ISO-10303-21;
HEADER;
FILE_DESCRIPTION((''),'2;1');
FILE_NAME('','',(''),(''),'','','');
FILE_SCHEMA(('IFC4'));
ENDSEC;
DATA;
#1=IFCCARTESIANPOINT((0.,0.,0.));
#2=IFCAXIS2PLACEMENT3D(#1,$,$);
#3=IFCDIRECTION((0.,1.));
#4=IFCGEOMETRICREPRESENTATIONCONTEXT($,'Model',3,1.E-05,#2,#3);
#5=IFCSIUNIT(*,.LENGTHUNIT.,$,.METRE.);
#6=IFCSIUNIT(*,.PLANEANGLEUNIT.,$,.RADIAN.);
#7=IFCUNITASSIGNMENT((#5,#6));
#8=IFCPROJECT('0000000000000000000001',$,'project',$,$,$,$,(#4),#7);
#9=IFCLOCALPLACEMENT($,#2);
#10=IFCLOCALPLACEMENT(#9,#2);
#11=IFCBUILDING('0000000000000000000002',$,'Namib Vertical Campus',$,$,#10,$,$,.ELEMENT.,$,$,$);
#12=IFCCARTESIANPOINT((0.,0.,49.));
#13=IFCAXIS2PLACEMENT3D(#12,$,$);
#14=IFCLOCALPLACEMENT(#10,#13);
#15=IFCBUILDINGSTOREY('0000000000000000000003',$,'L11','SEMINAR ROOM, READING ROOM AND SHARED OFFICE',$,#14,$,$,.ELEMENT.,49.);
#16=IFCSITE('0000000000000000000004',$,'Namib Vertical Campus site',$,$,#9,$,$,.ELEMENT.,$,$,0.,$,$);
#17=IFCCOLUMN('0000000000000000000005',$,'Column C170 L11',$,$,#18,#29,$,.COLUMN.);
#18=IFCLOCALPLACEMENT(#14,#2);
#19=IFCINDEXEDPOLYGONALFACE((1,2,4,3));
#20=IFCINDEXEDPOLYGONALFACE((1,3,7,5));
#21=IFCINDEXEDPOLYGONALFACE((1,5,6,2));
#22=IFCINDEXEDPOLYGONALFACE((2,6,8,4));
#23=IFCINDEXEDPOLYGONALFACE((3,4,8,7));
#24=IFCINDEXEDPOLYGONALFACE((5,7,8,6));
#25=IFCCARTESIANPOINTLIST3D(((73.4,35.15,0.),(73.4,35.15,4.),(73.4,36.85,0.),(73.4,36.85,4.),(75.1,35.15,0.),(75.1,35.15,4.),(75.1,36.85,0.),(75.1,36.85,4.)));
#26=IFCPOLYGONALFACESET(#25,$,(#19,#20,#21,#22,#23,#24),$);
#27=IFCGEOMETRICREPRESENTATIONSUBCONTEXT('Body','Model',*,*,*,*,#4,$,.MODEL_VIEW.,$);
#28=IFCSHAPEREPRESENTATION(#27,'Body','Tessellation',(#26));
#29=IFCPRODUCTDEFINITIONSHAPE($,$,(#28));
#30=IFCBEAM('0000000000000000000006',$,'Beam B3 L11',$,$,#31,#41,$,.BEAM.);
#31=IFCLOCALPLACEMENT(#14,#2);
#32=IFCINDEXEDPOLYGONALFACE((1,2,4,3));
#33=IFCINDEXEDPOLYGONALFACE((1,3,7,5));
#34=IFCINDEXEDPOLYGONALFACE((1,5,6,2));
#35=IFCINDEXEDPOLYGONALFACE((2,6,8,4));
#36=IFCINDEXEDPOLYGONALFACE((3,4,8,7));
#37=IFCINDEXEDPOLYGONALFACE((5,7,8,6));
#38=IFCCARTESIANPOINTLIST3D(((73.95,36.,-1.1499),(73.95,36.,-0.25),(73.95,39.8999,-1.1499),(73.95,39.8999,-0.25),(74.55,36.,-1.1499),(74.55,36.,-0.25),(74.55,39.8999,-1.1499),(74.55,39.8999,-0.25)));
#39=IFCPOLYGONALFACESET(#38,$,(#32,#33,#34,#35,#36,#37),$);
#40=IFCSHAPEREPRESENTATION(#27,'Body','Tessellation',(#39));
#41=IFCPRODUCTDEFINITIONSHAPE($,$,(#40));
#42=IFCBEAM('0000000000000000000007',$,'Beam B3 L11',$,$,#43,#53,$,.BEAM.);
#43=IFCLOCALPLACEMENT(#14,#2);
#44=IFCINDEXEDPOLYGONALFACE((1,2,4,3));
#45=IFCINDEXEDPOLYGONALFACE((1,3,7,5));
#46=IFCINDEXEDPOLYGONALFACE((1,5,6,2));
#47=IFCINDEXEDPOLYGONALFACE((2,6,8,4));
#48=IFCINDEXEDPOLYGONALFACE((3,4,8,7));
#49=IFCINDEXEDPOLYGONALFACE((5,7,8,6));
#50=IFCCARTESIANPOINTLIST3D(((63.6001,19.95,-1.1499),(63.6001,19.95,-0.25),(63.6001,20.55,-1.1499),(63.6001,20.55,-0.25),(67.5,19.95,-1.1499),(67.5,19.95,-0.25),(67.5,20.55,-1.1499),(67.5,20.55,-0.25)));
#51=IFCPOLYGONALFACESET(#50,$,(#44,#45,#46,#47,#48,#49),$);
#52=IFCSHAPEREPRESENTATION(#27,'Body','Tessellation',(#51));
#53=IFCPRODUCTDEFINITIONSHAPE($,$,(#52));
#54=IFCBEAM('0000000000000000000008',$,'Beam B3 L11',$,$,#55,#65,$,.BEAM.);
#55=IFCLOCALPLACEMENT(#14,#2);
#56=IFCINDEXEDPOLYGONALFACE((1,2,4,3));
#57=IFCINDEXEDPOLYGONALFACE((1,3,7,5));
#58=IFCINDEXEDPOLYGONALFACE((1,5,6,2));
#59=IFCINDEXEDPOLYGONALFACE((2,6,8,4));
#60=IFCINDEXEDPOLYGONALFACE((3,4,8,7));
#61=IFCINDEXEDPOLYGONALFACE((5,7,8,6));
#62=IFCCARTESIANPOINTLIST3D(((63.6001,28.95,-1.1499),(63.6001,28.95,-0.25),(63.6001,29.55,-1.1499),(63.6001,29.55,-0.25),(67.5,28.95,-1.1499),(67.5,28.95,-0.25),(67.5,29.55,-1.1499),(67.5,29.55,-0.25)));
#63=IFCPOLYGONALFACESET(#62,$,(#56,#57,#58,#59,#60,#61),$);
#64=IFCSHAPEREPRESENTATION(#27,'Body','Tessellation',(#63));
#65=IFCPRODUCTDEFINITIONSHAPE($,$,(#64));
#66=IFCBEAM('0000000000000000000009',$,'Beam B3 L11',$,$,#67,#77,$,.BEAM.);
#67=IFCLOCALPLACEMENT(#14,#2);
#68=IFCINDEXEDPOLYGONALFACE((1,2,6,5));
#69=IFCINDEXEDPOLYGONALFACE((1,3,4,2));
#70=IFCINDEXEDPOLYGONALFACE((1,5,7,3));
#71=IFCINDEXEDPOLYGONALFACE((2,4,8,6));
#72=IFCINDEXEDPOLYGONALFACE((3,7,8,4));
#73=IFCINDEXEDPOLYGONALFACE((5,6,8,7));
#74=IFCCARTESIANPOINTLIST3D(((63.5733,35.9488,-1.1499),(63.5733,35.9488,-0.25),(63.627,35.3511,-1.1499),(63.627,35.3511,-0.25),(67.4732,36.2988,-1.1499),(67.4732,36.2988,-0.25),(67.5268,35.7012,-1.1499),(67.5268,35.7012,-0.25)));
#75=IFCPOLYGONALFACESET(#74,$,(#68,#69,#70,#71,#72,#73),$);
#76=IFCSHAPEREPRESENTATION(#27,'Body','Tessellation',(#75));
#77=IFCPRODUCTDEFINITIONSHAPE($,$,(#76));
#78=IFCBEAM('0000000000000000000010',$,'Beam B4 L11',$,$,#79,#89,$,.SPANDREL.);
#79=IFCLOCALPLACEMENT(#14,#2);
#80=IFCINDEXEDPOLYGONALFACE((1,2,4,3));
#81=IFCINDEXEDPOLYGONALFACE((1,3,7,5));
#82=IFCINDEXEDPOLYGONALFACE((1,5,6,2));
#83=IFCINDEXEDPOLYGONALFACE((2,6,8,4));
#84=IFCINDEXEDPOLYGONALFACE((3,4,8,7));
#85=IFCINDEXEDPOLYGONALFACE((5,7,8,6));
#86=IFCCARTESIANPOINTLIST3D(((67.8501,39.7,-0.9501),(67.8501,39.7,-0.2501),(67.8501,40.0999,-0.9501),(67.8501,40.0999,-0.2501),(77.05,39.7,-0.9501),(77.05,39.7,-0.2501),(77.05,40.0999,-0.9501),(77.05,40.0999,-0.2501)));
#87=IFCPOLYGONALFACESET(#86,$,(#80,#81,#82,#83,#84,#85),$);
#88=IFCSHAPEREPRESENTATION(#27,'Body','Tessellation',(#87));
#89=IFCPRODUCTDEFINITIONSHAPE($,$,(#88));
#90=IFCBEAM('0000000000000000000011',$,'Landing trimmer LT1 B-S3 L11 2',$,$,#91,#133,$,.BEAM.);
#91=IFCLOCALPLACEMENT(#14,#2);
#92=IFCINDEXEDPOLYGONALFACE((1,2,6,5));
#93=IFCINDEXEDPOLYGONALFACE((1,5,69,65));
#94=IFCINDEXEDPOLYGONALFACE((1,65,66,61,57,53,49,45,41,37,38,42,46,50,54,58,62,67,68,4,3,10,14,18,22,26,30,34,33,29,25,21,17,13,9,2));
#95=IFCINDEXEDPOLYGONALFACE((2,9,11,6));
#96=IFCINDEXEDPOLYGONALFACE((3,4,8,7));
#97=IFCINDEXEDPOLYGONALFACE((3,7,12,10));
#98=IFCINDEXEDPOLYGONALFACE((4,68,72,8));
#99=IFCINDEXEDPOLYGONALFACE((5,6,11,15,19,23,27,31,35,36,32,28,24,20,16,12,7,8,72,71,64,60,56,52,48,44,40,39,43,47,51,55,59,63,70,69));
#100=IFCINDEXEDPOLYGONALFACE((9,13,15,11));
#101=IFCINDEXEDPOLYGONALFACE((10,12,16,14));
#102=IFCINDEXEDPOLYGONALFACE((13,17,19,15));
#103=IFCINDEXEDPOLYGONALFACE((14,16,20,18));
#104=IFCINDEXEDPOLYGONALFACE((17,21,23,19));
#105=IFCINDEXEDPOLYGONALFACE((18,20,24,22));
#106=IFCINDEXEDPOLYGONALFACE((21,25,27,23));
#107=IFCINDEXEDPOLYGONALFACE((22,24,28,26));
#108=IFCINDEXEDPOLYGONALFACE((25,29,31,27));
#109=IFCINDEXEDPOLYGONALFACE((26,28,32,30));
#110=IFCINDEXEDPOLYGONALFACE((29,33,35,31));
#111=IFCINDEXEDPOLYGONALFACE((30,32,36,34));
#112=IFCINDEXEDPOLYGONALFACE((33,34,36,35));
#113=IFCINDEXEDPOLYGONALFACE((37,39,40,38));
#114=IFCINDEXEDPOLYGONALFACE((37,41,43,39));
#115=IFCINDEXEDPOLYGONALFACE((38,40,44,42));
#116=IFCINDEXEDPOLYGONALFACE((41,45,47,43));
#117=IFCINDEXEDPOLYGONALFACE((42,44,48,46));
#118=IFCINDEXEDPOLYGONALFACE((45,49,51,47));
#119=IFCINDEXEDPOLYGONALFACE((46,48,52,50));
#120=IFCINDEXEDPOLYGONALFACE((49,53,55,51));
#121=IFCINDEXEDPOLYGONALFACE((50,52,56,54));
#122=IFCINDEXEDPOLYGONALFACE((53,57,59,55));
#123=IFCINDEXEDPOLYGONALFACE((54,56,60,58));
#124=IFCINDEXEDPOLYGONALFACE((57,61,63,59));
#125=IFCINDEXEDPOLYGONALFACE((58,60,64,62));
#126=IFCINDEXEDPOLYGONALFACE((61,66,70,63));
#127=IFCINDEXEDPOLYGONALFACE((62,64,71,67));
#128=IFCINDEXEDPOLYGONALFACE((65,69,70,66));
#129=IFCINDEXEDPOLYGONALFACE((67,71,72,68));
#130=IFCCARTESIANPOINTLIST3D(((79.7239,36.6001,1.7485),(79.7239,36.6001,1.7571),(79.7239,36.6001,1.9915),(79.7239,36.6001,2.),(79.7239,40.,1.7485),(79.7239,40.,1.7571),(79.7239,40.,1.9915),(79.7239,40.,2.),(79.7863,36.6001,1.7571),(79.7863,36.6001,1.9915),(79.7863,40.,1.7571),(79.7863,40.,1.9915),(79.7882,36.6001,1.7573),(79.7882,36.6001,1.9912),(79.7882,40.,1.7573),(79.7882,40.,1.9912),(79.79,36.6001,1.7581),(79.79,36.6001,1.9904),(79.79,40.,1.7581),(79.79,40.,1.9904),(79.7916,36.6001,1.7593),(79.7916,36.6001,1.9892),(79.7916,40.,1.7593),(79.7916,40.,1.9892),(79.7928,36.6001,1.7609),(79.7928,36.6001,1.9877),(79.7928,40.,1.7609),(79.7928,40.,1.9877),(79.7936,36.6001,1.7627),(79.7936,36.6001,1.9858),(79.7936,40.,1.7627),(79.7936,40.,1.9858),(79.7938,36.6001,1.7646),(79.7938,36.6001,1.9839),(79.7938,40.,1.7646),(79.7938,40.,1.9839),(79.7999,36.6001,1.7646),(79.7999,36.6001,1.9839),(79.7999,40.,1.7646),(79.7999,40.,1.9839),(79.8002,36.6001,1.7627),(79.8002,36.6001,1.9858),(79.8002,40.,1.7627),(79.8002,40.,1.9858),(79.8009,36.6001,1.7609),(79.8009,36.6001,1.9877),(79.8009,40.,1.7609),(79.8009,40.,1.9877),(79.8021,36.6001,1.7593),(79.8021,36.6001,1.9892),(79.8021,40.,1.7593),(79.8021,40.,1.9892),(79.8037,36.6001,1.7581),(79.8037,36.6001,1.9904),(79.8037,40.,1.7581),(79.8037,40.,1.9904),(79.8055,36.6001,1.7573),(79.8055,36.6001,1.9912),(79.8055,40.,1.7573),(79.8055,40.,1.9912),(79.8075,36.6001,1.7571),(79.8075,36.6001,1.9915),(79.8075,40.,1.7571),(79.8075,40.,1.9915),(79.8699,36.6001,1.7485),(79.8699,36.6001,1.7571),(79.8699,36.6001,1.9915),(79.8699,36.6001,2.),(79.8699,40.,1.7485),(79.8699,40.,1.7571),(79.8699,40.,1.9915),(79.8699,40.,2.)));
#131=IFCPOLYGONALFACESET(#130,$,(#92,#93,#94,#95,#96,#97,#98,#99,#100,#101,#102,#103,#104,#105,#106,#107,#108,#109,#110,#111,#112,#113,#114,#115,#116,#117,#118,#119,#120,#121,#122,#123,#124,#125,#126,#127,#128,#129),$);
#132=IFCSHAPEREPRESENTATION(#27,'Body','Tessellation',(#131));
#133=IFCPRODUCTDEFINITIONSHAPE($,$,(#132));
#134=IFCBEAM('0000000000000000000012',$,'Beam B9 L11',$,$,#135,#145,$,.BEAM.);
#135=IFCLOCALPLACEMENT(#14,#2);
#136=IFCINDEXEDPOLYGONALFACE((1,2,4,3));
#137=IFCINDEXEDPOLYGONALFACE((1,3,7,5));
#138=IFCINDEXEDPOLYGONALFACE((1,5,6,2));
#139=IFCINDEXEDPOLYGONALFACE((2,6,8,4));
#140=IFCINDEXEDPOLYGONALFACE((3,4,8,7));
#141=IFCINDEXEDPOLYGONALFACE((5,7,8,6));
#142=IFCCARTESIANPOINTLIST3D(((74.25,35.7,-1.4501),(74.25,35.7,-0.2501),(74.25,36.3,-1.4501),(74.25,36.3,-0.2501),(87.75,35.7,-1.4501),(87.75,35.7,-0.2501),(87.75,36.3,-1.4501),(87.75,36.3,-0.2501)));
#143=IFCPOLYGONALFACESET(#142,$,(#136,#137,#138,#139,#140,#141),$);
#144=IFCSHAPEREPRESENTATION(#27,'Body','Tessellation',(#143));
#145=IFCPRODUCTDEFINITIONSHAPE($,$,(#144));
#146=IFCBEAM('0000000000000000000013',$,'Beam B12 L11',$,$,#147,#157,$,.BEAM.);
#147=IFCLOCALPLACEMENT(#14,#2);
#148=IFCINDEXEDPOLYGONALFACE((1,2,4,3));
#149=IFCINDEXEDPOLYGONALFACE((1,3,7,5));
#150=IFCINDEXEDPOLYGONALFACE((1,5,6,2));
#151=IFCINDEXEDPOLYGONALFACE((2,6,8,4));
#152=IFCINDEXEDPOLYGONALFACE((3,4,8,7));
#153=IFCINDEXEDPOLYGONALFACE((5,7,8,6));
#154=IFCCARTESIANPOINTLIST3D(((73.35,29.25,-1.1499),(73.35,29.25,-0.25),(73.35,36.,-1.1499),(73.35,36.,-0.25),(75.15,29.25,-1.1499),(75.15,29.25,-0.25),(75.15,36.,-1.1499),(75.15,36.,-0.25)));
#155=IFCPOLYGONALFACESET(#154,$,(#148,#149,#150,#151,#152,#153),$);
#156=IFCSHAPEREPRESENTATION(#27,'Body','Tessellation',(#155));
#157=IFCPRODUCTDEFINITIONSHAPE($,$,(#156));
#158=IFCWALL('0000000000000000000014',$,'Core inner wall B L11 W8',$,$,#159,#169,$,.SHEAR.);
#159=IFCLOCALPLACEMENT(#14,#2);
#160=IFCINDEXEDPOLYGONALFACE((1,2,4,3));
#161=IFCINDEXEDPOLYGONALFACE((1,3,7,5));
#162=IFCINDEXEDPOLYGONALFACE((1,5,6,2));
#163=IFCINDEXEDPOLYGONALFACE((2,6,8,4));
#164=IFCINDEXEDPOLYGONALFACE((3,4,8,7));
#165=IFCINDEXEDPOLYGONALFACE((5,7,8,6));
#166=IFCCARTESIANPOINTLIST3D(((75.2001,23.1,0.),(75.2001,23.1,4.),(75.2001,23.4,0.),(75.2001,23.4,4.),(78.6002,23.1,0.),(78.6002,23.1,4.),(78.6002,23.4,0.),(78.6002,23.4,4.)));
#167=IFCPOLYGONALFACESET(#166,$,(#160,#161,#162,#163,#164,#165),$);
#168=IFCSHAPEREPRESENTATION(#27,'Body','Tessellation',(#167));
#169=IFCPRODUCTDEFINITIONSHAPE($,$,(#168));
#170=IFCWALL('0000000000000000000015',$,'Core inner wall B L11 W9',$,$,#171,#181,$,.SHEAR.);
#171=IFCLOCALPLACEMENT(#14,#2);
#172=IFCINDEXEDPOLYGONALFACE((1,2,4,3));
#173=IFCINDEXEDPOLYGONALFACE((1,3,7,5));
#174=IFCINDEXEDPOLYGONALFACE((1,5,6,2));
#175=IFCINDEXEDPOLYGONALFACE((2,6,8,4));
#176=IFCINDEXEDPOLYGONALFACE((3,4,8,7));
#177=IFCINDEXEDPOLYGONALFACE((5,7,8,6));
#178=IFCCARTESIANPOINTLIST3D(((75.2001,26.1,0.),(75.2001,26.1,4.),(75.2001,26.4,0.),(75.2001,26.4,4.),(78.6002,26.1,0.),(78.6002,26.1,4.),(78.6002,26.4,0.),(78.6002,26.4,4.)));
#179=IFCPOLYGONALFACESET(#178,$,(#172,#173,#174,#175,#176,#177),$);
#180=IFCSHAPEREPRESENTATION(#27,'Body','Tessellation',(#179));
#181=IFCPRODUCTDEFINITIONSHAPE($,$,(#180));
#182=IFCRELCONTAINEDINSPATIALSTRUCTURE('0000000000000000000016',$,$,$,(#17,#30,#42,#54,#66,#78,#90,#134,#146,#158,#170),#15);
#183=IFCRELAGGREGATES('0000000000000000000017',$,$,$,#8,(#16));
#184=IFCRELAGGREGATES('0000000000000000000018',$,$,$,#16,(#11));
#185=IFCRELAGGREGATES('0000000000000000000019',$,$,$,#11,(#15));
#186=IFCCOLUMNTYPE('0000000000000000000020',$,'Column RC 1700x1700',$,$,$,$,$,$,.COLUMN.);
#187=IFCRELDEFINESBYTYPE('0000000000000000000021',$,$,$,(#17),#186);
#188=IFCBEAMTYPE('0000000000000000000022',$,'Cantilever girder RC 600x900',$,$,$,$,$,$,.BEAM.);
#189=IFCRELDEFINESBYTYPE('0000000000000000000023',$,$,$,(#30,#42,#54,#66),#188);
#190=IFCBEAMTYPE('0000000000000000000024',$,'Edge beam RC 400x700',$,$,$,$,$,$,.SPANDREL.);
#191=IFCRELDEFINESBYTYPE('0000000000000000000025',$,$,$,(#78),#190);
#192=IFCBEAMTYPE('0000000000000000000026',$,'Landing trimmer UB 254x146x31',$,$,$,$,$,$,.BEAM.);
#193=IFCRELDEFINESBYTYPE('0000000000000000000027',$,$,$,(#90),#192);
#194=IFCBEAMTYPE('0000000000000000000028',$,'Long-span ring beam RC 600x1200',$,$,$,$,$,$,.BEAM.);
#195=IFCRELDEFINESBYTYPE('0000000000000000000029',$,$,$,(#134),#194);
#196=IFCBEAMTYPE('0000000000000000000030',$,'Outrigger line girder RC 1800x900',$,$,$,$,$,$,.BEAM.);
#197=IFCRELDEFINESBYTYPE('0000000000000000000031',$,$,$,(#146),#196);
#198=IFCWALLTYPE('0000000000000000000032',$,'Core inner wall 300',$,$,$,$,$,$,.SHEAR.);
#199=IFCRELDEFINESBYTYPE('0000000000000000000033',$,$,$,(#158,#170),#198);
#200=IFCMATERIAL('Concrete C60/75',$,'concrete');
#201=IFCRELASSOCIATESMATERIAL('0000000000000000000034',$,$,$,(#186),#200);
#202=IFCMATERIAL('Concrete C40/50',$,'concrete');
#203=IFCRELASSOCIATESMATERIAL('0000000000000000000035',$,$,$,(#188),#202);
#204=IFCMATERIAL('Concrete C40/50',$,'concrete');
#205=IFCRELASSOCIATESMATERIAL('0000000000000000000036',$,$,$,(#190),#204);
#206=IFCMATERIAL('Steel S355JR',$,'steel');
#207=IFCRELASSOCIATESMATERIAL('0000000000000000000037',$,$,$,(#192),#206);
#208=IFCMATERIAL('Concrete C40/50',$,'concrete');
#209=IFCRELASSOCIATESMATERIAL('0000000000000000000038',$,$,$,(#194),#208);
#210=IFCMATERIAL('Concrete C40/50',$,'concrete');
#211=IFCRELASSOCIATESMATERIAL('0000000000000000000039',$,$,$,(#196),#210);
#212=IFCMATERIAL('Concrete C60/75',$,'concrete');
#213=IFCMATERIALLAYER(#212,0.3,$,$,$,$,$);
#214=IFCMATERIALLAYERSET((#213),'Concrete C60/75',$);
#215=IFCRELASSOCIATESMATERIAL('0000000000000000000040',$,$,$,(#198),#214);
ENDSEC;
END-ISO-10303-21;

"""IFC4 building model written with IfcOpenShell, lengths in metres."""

from ifc_helpers import new_model, si_unit, direction, frame, frame_2d, origin, origin_2d, place, context, subcontext, project, spatial, rectangle, i_section, extrude, material, layer, layer_set, material_profile, profile_set, type_object, element, save


model = new_model("IFC4")

# Units and contexts
model_context = context("Model", 3, precision=1e-05, world=origin(), true_north=direction((0.0, 1.0)))
body_context = subcontext(model_context, "Body", "Model", "MODEL_VIEW")
ifc_project = project(units=[si_unit("LENGTHUNIT", "METRE"), si_unit("PLANEANGLEUNIT", "RADIAN")], contexts=[model_context])

# Site, building, storey
site_placement = place(None, origin())
site = spatial("IfcSite", under=ifc_project, at=site_placement, Name="Namib Vertical Campus site", CompositionType="ELEMENT", RefElevation=0.0)
building_placement = place(site_placement, origin())
building = spatial("IfcBuilding", under=site, at=building_placement, Name="Namib Vertical Campus", CompositionType="ELEMENT")
storey_placement = place(building_placement, frame((0.0, 0.0, 49.0)))
storey = spatial("IfcBuildingStorey", under=building, at=storey_placement, Name="L11", Description="SEMINAR ROOM, READING ROOM AND SHARED OFFICE", CompositionType="ELEMENT", Elevation=49.0)

# Column
ifc_material_1 = material(Name="Concrete C60/75", Category="concrete")
ifc_material_profile_1 = material_profile(ifc_material_1, rectangle(XDim=1.7, YDim=1.7, at=origin_2d()))
ifc_profile_set_1 = profile_set([ifc_material_profile_1], Name="Concrete C60/75")
column_type = type_object("IfcColumnType", Name="Column RC 1700x1700", PredefinedType="COLUMN", material=ifc_profile_set_1)
column_placement = place(storey_placement, frame((74.25, 36.0, 0.0), z_axis=(0.0, 0.0, 1.0), x_axis=(1.0, 0.0, 0.0)))
element("IfcColumn", 1, at=column_placement, inside=storey, type_object=column_type, Name="Column C170 L11", PredefinedType="COLUMN", context=body_context, shape_type="SweptSolid", body=[
    extrude(rectangle(XDim=1.7, YDim=1.7, at=origin_2d()), origin(), (0.0, 0.0, 1.0), 4.0),
])

# Beams
ifc_material_2 = material(Name="Concrete C40/50", Category="concrete")
ifc_material_profile_2 = material_profile(ifc_material_2, rectangle(XDim=0.6001, YDim=0.8999, at=origin_2d()))
ifc_profile_set_2 = profile_set([ifc_material_profile_2], Name="Concrete C40/50")
beam_type_1 = type_object("IfcBeamType", Name="Cantilever girder RC 600x900", PredefinedType="BEAM", material=ifc_profile_set_2)
for number, where, z_axis, x_axis, name in (
    (2, (74.25, 36.0, -0.7), (0.0, 1.0, 0.0), (-1.0, 0.0, 0.0), "Beam B3 L11"),
    (3, (67.5, 20.25, -0.7), (-1.0, 0.0, 0.0), (0.0, -1.0, 0.0), "Beam B3 L11"),
    (4, (67.5, 29.25, -0.7), (-1.0, 0.0, 0.0), (0.0, -1.0, 0.0), "Beam B3 L11"),
):
    element("IfcBeam", number, at=place(storey_placement, frame(where, z_axis=z_axis, x_axis=x_axis)), inside=storey, type_object=beam_type_1, Name=name, PredefinedType="BEAM", context=body_context, shape_type="SweptSolid", body=[
        extrude(rectangle(XDim=0.6001, YDim=0.8999, at=origin_2d()), origin(), (0.0, 0.0, 1.0), 3.8999),
    ])
beam_1_placement = place(storey_placement, frame((67.5, 36.0, -0.7), z_axis=(-0.995995, -0.089411, 0.0), x_axis=(0.089411, -0.995995, 0.0)))
element("IfcBeam", 5, at=beam_1_placement, inside=storey, type_object=beam_type_1, Name="Beam B3 L11", PredefinedType="BEAM", context=body_context, shape_type="SweptSolid", body=[
    extrude(rectangle(XDim=0.6001, YDim=0.8999, at=origin_2d()), origin(), (0.0, 0.0, 1.0), 3.9155),
])
ifc_material_3 = material(Name="Concrete C40/50", Category="concrete")
ifc_material_profile_3 = material_profile(ifc_material_3, rectangle(XDim=0.3999, YDim=0.7, at=origin_2d()))
ifc_profile_set_3 = profile_set([ifc_material_profile_3], Name="Concrete C40/50")
beam_type_2 = type_object("IfcBeamType", Name="Edge beam RC 400x700", PredefinedType="SPANDREL", material=ifc_profile_set_3)
beam_2_placement = place(storey_placement, frame((67.8501, 39.8999, -0.6001), z_axis=(1.0, 0.0, 0.0), x_axis=(0.0, 1.0, 0.0)))
element("IfcBeam", 6, at=beam_2_placement, inside=storey, type_object=beam_type_2, Name="Beam B4 L11", PredefinedType="SPANDREL", context=body_context, shape_type="SweptSolid", body=[
    extrude(rectangle(XDim=0.3999, YDim=0.7, at=origin_2d()), origin(), (0.0, 0.0, 1.0), 9.2),
])
ifc_material_4 = material(Name="Steel S355JR", Category="steel")
ifc_material_profile_4 = material_profile(ifc_material_4, i_section(OverallWidth=0.146, OverallDepth=0.2515, WebThickness=0.0061, FlangeThickness=0.0085, FilletRadius=0.0076, at=origin_2d()))
ifc_profile_set_4 = profile_set([ifc_material_profile_4], Name="Steel S355JR")
beam_type_3 = type_object("IfcBeamType", Name="Landing trimmer UB 254x146x31", PredefinedType="BEAM", material=ifc_profile_set_4)
beam_3_placement = place(storey_placement, frame((79.7969, 36.6001, 1.8743), z_axis=(0.0, 1.0, 0.0), x_axis=(-1.0, 0.0, 0.0)))
element("IfcBeam", 7, at=beam_3_placement, inside=storey, type_object=beam_type_3, Name="Landing trimmer LT1 B-S3 L11 2", PredefinedType="BEAM", context=body_context, shape_type="SweptSolid", body=[
    extrude(i_section(OverallWidth=0.146, OverallDepth=0.2515, WebThickness=0.0061, FlangeThickness=0.0085, FilletRadius=0.0076, at=origin_2d()), origin(), (0.0, 0.0, 1.0), 3.3999),
])
ifc_material_5 = material(Name="Concrete C40/50", Category="concrete")
ifc_material_profile_5 = material_profile(ifc_material_5, rectangle(XDim=0.6001, YDim=1.2, at=origin_2d()))
ifc_profile_set_5 = profile_set([ifc_material_profile_5], Name="Concrete C40/50")
beam_type_4 = type_object("IfcBeamType", Name="Long-span ring beam RC 600x1200", PredefinedType="BEAM", material=ifc_profile_set_5)
beam_4_placement = place(storey_placement, frame((74.25, 36.0, -0.8501), z_axis=(1.0, 0.0, 0.0), x_axis=(0.0, 1.0, 0.0)))
element("IfcBeam", 8, at=beam_4_placement, inside=storey, type_object=beam_type_4, Name="Beam B9 L11", PredefinedType="BEAM", context=body_context, shape_type="SweptSolid", body=[
    extrude(rectangle(XDim=0.6001, YDim=1.2, at=origin_2d()), origin(), (0.0, 0.0, 1.0), 13.5),
])
ifc_material_6 = material(Name="Concrete C40/50", Category="concrete")
ifc_material_profile_6 = material_profile(ifc_material_6, rectangle(XDim=1.8, YDim=0.8999, at=origin_2d()))
ifc_profile_set_6 = profile_set([ifc_material_profile_6], Name="Concrete C40/50")
beam_type_5 = type_object("IfcBeamType", Name="Outrigger line girder RC 1800x900", PredefinedType="BEAM", material=ifc_profile_set_6)
beam_5_placement = place(storey_placement, frame((74.25, 36.0, -0.7), z_axis=(0.0, -1.0, 0.0), x_axis=(1.0, 0.0, 0.0)))
element("IfcBeam", 9, at=beam_5_placement, inside=storey, type_object=beam_type_5, Name="Beam B12 L11", PredefinedType="BEAM", context=body_context, shape_type="SweptSolid", body=[
    extrude(rectangle(XDim=1.8, YDim=0.8999, at=origin_2d()), origin(), (0.0, 0.0, 1.0), 6.75),
])

# Walls
ifc_material_7 = material(Name="Concrete C60/75", Category="concrete")
ifc_layer_1 = layer(ifc_material_7, 0.3)
ifc_layer_set_1 = layer_set([ifc_layer_1], Name="Concrete C60/75")
wall_type_1 = type_object("IfcWallType", Name="Core inner wall 300", PredefinedType="SHEAR", material=ifc_layer_set_1)
for number, where, z_axis, x_axis, name in (
    (10, (75.2, 23.25, 0.0), (0.0, 0.0, 1.0), (1.0, 0.0, 0.0), "Core inner wall B L11 W8"),
    (11, (75.2, 26.25, 0.0), (0.0, 0.0, 1.0), (1.0, 0.0, 0.0), "Core inner wall B L11 W9"),
):
    element("IfcWall", number, at=place(storey_placement, frame(where, z_axis=z_axis, x_axis=x_axis)), inside=storey, type_object=wall_type_1, Name=name, PredefinedType="SHEAR", context=body_context, shape_type="SweptSolid", body=[
        extrude(rectangle(XDim=3.4001, YDim=0.3, at=frame_2d((1.7002, 0.0))), origin(), (0.0, 0.0, 1.0), 4.0),
    ])

save(model, "model.ifc")
